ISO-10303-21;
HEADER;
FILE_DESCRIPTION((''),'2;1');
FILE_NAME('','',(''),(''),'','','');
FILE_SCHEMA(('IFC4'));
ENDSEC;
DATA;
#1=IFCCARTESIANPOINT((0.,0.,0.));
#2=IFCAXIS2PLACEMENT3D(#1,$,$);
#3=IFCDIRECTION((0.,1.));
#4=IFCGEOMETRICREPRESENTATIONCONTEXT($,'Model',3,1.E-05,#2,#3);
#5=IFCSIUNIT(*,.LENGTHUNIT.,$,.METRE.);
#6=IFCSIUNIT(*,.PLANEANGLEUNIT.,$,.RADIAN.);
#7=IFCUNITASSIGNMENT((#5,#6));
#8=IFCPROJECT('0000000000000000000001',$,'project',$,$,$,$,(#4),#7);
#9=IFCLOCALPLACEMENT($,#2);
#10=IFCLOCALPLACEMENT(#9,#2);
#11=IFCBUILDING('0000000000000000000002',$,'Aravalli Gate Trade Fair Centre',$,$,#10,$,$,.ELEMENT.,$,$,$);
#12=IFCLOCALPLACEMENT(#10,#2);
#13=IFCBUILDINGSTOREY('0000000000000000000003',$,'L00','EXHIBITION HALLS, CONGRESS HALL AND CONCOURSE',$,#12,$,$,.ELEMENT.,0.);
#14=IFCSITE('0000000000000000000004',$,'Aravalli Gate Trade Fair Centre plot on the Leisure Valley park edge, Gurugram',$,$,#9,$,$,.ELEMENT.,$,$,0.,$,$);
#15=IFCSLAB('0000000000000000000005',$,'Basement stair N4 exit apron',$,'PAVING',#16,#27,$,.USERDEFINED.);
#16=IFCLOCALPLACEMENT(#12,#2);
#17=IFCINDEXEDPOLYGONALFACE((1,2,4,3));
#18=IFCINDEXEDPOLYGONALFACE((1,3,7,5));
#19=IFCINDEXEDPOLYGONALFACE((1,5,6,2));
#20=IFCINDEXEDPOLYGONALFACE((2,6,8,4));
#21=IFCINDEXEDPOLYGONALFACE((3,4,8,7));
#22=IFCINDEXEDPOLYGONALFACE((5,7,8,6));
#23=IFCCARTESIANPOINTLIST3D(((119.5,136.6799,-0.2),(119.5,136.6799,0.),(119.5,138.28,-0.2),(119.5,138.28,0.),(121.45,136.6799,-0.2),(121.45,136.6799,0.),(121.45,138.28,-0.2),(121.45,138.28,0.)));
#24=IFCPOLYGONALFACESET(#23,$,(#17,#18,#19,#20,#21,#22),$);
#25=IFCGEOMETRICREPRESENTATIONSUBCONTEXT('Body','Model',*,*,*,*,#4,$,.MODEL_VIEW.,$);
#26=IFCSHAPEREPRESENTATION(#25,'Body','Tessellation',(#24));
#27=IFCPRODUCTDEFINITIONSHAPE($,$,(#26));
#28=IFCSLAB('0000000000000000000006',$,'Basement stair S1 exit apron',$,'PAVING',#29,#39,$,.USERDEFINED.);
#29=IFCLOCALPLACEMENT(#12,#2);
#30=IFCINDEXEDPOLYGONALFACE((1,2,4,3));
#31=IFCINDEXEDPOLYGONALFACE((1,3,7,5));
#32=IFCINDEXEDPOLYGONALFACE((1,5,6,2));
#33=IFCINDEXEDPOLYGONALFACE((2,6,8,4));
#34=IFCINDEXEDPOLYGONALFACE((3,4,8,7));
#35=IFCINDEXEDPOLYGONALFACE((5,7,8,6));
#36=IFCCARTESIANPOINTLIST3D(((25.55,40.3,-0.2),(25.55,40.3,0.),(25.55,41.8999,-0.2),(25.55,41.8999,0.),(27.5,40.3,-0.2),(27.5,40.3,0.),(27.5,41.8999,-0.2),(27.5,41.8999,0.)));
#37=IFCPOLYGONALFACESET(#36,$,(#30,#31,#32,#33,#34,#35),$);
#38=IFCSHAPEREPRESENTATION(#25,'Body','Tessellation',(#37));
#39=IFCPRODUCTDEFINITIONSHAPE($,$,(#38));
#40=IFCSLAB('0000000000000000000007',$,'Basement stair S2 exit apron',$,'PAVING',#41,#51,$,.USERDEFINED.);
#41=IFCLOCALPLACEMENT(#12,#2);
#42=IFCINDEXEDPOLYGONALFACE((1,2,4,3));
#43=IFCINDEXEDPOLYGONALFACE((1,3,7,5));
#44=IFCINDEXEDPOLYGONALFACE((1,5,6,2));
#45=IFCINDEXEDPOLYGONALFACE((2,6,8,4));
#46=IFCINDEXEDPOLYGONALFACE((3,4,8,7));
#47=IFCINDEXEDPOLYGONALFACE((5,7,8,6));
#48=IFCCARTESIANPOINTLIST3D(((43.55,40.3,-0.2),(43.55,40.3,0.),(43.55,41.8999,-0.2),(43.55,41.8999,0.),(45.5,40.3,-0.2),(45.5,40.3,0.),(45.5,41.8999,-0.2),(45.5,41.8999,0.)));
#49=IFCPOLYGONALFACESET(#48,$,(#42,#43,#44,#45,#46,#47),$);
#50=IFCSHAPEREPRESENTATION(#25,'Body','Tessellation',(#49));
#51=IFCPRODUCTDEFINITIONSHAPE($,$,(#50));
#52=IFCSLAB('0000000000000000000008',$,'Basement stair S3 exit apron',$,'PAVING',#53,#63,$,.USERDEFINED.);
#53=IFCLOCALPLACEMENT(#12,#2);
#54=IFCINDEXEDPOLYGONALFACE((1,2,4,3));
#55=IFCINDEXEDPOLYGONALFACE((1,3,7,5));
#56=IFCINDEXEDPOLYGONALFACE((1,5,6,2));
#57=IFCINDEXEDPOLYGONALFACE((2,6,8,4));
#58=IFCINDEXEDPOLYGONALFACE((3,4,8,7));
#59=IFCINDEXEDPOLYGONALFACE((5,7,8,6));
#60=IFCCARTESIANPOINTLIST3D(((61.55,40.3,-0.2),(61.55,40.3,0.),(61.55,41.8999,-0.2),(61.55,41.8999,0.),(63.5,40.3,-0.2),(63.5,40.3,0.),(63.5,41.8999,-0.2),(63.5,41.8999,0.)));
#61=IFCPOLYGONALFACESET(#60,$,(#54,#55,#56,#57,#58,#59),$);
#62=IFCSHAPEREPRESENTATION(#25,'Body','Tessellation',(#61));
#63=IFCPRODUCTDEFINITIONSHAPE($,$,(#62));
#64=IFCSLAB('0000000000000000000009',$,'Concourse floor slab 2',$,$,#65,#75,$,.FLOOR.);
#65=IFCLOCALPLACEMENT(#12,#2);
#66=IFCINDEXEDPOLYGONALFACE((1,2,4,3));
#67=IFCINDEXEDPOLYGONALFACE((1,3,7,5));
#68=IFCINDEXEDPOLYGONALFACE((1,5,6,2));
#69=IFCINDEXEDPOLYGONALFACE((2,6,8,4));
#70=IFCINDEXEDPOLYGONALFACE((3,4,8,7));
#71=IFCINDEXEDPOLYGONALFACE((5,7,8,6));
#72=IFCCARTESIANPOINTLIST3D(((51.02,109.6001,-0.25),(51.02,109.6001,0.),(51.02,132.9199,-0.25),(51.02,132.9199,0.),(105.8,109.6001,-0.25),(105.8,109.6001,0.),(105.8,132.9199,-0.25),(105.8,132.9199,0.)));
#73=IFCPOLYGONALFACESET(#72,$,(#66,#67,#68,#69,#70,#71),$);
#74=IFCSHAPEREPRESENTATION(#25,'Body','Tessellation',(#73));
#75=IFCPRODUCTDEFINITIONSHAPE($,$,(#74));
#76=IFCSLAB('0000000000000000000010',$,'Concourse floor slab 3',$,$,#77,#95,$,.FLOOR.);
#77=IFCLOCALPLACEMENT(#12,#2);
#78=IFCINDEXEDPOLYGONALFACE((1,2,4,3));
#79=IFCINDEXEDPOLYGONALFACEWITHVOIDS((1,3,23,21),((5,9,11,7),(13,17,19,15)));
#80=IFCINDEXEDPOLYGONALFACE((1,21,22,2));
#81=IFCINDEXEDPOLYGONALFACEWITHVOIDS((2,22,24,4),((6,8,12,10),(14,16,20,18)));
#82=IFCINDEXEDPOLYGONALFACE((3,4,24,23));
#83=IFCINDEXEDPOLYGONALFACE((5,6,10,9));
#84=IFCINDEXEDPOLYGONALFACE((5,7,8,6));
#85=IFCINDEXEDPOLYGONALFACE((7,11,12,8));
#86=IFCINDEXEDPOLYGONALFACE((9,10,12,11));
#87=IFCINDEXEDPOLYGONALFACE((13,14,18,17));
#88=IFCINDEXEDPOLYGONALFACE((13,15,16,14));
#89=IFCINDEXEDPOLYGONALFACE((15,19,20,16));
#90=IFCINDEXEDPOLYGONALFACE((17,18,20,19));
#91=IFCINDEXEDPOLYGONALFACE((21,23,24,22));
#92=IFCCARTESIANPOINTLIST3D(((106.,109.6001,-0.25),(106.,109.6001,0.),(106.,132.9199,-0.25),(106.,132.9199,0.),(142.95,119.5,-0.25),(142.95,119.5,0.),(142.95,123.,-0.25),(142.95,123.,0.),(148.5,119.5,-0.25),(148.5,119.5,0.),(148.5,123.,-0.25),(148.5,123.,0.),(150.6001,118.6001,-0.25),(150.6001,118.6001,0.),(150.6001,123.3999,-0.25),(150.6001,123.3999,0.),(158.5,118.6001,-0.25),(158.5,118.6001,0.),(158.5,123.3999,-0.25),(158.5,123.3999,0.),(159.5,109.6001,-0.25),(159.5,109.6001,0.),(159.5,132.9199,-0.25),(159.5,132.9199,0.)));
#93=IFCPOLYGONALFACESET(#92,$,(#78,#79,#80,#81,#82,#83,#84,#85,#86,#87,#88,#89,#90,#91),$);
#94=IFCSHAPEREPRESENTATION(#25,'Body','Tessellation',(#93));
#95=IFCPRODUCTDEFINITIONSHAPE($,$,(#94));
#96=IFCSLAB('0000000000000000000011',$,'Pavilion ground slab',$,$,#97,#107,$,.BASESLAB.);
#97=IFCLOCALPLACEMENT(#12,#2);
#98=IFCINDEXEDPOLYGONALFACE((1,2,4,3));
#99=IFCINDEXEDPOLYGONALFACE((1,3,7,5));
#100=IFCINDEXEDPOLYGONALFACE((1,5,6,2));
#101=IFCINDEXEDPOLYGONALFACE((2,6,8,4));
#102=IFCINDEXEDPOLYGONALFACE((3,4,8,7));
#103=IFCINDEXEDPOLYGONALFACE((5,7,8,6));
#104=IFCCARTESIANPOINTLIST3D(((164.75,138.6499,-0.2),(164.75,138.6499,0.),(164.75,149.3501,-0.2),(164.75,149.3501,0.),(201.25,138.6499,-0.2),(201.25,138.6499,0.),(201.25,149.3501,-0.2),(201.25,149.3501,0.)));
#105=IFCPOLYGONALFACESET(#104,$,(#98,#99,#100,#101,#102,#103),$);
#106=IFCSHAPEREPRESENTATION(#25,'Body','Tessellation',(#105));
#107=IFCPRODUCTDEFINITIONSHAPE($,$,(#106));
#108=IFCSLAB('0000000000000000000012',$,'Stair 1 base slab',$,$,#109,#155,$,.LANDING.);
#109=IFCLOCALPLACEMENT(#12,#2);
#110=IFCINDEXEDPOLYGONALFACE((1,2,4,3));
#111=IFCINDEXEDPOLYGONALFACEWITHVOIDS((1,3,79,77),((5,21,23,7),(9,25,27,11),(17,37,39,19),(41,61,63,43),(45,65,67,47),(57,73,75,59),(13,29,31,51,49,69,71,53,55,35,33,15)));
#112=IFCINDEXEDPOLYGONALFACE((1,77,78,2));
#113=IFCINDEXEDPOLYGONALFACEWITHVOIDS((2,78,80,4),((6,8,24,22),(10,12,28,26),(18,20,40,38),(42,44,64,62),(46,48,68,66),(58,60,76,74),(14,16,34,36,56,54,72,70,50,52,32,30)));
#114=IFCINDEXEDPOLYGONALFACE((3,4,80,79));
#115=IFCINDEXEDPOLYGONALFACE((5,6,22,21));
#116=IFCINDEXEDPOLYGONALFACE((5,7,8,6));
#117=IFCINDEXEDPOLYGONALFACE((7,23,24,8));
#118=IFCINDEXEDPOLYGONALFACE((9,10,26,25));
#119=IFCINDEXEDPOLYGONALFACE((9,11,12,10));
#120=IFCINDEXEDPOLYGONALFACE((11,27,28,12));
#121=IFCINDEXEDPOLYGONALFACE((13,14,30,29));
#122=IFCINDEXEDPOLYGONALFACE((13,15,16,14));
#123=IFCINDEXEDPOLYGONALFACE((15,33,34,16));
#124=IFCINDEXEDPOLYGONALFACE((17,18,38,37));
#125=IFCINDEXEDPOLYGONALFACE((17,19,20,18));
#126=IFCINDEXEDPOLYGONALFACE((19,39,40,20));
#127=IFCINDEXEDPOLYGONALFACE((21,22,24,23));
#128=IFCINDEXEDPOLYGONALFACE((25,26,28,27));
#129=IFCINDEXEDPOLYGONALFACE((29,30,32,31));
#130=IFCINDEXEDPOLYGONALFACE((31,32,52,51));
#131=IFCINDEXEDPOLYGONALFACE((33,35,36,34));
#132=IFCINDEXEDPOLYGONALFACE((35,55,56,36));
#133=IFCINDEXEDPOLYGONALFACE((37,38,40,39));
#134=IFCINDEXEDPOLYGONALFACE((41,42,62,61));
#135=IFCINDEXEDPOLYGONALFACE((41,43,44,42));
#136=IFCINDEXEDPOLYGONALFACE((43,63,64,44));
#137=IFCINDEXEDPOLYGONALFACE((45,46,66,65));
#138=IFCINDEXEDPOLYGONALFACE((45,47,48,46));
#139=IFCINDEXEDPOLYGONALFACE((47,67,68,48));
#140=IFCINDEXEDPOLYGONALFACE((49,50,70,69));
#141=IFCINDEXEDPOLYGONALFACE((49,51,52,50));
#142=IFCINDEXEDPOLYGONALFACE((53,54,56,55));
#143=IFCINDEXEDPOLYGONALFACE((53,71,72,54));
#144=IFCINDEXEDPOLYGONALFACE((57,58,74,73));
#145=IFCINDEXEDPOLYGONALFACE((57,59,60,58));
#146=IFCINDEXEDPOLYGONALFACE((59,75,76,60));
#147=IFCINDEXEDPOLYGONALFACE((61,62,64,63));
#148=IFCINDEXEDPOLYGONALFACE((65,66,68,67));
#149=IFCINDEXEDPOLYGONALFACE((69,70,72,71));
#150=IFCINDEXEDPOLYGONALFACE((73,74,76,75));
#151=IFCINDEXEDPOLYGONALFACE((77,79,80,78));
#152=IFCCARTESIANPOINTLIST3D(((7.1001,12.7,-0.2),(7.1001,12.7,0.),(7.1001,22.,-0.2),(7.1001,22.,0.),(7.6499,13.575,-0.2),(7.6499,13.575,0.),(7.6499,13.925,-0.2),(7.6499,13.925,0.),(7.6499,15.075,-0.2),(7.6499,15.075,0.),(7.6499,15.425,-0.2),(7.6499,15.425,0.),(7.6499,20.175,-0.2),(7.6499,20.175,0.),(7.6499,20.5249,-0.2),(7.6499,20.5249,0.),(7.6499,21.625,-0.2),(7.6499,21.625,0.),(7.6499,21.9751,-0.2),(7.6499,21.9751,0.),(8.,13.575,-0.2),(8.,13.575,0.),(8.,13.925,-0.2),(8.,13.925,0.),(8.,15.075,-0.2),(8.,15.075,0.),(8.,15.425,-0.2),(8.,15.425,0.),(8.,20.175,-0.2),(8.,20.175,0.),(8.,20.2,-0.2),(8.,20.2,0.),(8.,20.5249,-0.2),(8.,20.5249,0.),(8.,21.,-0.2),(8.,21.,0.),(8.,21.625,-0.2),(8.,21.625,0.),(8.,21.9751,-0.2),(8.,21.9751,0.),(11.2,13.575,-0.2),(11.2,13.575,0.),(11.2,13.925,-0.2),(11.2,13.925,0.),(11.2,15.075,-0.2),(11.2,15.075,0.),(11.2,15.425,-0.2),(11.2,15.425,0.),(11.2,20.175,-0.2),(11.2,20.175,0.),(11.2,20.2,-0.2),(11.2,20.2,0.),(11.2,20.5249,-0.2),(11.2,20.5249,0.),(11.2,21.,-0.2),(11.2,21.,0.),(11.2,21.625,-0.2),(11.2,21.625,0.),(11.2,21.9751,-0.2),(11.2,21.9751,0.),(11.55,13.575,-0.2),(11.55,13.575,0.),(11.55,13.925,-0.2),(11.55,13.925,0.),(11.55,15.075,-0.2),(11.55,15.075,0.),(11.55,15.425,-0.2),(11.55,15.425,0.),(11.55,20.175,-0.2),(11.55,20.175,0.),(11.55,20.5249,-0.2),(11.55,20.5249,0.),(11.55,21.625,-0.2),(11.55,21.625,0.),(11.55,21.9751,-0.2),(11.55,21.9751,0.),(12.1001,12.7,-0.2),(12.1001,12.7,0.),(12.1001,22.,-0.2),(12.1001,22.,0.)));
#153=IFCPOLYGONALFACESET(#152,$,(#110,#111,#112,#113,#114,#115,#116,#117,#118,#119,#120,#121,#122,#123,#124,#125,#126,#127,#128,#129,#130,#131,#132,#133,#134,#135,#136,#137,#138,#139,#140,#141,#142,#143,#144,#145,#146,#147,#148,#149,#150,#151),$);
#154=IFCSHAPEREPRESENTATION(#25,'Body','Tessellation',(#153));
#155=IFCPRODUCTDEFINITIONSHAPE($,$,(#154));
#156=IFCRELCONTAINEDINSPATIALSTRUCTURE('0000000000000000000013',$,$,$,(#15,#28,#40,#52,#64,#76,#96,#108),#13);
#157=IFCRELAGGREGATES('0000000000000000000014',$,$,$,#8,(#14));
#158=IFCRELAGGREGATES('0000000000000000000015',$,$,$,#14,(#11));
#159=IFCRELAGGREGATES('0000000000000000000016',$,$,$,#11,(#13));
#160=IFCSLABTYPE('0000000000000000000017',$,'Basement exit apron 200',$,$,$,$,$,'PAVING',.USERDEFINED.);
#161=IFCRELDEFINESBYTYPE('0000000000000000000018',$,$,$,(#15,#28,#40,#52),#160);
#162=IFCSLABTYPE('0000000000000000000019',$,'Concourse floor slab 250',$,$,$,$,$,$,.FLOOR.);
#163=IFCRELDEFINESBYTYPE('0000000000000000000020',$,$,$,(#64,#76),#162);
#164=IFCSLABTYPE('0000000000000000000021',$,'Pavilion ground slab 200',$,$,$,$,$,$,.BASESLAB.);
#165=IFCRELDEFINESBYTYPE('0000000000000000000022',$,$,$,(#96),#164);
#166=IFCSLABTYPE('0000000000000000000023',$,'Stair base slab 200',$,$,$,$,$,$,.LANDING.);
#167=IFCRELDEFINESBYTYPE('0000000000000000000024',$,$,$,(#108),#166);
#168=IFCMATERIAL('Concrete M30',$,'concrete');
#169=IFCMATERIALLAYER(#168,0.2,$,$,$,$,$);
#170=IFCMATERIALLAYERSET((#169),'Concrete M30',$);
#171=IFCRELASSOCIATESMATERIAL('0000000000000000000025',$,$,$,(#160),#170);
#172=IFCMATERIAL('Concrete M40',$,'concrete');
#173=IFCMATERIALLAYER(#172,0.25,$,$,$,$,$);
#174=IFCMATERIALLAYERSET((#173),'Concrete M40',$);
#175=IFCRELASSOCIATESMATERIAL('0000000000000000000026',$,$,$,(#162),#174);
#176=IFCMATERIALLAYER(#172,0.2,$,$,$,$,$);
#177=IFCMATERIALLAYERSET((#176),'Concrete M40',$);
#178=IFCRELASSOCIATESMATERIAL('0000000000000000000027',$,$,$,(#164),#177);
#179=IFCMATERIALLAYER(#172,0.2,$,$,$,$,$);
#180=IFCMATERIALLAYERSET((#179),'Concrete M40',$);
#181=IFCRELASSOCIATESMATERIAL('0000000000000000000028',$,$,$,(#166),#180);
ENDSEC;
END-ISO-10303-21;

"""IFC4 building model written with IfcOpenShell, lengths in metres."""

from ifc_helpers import new_model, si_unit, direction, frame, origin, place, context, subcontext, project, spatial, polyline, outline, extrude, material, layer, layer_set, type_object, element, save


model = new_model("IFC4")

# Units and contexts
model_context = context("Model", 3, precision=1e-05, world=origin(), true_north=direction((0.0, 1.0)))
body_context = subcontext(model_context, "Body", "Model", "MODEL_VIEW")
ifc_project = project(units=[si_unit("LENGTHUNIT", "METRE"), si_unit("PLANEANGLEUNIT", "RADIAN")], contexts=[model_context])

# Site, building, storey
site_placement = place(None, origin())
site = spatial("IfcSite", under=ifc_project, at=site_placement, Name="Aravalli Gate Trade Fair Centre plot on the Leisure Valley park edge, Gurugram", CompositionType="ELEMENT", RefElevation=0.0)
building_placement = place(site_placement, origin())
building = spatial("IfcBuilding", under=site, at=building_placement, Name="Aravalli Gate Trade Fair Centre", CompositionType="ELEMENT")
storey_placement = place(building_placement, origin())
storey = spatial("IfcBuildingStorey", under=building, at=storey_placement, Name="L00", Description="EXHIBITION HALLS, CONGRESS HALL AND CONCOURSE", CompositionType="ELEMENT", Elevation=0.0)

# Slabs
ifc_material_1 = material(Name="Concrete M40", Category="concrete")
ifc_material_2 = material(Name="Concrete M30", Category="concrete")
ifc_layer_1 = layer(ifc_material_2, 0.2)
ifc_layer_set_1 = layer_set([ifc_layer_1], Name="Concrete M30")
slab_type_1 = type_object("IfcSlabType", Name="Basement exit apron 200", ElementType="PAVING", PredefinedType="USERDEFINED", material=ifc_layer_set_1)
slab_1_placement = place(storey_placement, frame((0.0, 0.0, -0.2)))
element("IfcSlab", 1, at=slab_1_placement, inside=storey, type_object=slab_type_1, Name="Basement stair N4 exit apron", ObjectType="PAVING", PredefinedType="USERDEFINED", context=body_context, shape_type="SweptSolid", body=[
    extrude(outline(polyline([(121.45, 136.6799), (119.5, 136.6799), (119.5, 138.28), (121.45, 138.28), (121.45, 136.6799)])), origin(), (0.0, 0.0, 1.0), 0.2),
])
slab_2_placement = place(storey_placement, frame((0.0, 0.0, -0.2)))
element("IfcSlab", 2, at=slab_2_placement, inside=storey, type_object=slab_type_1, Name="Basement stair S1 exit apron", ObjectType="PAVING", PredefinedType="USERDEFINED", context=body_context, shape_type="SweptSolid", body=[
    extrude(outline(polyline([(25.55, 41.8999), (27.5, 41.8999), (27.5, 40.3), (25.55, 40.3), (25.55, 41.8999)])), origin(), (0.0, 0.0, 1.0), 0.2),
])
slab_3_placement = place(storey_placement, frame((0.0, 0.0, -0.2)))
element("IfcSlab", 3, at=slab_3_placement, inside=storey, type_object=slab_type_1, Name="Basement stair S2 exit apron", ObjectType="PAVING", PredefinedType="USERDEFINED", context=body_context, shape_type="SweptSolid", body=[
    extrude(outline(polyline([(43.55, 41.8999), (45.5, 41.8999), (45.5, 40.3), (43.55, 40.3), (43.55, 41.8999)])), origin(), (0.0, 0.0, 1.0), 0.2),
])
slab_4_placement = place(storey_placement, frame((0.0, 0.0, -0.2)))
element("IfcSlab", 4, at=slab_4_placement, inside=storey, type_object=slab_type_1, Name="Basement stair S3 exit apron", ObjectType="PAVING", PredefinedType="USERDEFINED", context=body_context, shape_type="SweptSolid", body=[
    extrude(outline(polyline([(61.55, 41.8999), (63.5, 41.8999), (63.5, 40.3), (61.55, 40.3), (61.55, 41.8999)])), origin(), (0.0, 0.0, 1.0), 0.2),
])
ifc_layer_2 = layer(ifc_material_1, 0.25)
ifc_layer_set_2 = layer_set([ifc_layer_2], Name="Concrete M40")
slab_type_2 = type_object("IfcSlabType", Name="Concourse floor slab 250", PredefinedType="FLOOR", material=ifc_layer_set_2)
slab_5_placement = place(storey_placement, frame((0.0, 0.0, -0.25)))
element("IfcSlab", 5, at=slab_5_placement, inside=storey, type_object=slab_type_2, Name="Concourse floor slab 2", PredefinedType="FLOOR", context=body_context, shape_type="SweptSolid", body=[
    extrude(outline(polyline([(105.8, 132.9199), (51.02, 132.9199), (51.02, 109.6001), (105.8, 109.6001), (105.8, 132.9199)])), origin(), (0.0, 0.0, 1.0), 0.25),
])
slab_6_placement = place(storey_placement, frame((0.0, 0.0, -0.25)))
element("IfcSlab", 6, at=slab_6_placement, inside=storey, type_object=slab_type_2, Name="Concourse floor slab 3", PredefinedType="FLOOR", context=body_context, shape_type="SweptSolid", body=[
    extrude(outline(polyline([(159.5, 132.9199), (106.0, 132.9199), (106.0, 109.6001), (159.5, 109.6001), (159.5, 132.9199)]), holes=[polyline([(158.5, 118.6001), (150.6001, 118.6001), (150.6001, 123.3999), (158.5, 123.3999), (158.5, 118.6001)]), polyline([(148.5, 119.5), (142.95, 119.5), (142.95, 123.0), (148.5, 123.0), (148.5, 119.5)])]), origin(), (0.0, 0.0, 1.0), 0.25),
])
ifc_layer_3 = layer(ifc_material_1, 0.2)
ifc_layer_set_3 = layer_set([ifc_layer_3], Name="Concrete M40")
slab_type_3 = type_object("IfcSlabType", Name="Pavilion ground slab 200", PredefinedType="BASESLAB", material=ifc_layer_set_3)
slab_7_placement = place(storey_placement, frame((0.0, 0.0, -0.2)))
element("IfcSlab", 7, at=slab_7_placement, inside=storey, type_object=slab_type_3, Name="Pavilion ground slab", PredefinedType="BASESLAB", context=body_context, shape_type="SweptSolid", body=[
    extrude(outline(polyline([(164.75, 138.6499), (201.25, 138.6499), (201.25, 149.3501), (164.75, 149.3501), (164.75, 138.6499)])), origin(), (0.0, 0.0, 1.0), 0.2),
])
ifc_layer_4 = layer(ifc_material_1, 0.2)
ifc_layer_set_4 = layer_set([ifc_layer_4], Name="Concrete M40")
slab_type_4 = type_object("IfcSlabType", Name="Stair base slab 200", PredefinedType="LANDING", material=ifc_layer_set_4)
slab_8_placement = place(storey_placement, frame((0.0, 0.0, -0.2)))
element("IfcSlab", 8, at=slab_8_placement, inside=storey, type_object=slab_type_4, Name="Stair 1 base slab", PredefinedType="LANDING", context=body_context, shape_type="SweptSolid", body=[
    extrude(outline(polyline([(7.1001, 12.7), (7.1001, 22.0), (12.1001, 22.0), (12.1001, 12.7), (7.1001, 12.7)]), holes=[polyline([(11.2, 21.9751), (11.2, 21.625), (11.55, 21.625), (11.55, 21.9751), (11.2, 21.9751)]), polyline([(11.2, 20.5249), (11.2, 21.0), (8.0, 21.0), (8.0, 20.5249), (7.6499, 20.5249), (7.6499, 20.175), (8.0, 20.175), (8.0, 20.2), (11.2, 20.2), (11.2, 20.175), (11.55, 20.175), (11.55, 20.5249), (11.2, 20.5249)]), polyline([(11.2, 15.425), (11.2, 15.075), (11.55, 15.075), (11.55, 15.425), (11.2, 15.425)]), polyline([(11.2, 13.925), (11.2, 13.575), (11.55, 13.575), (11.55, 13.925), (11.2, 13.925)]), polyline([(7.6499, 21.9751), (7.6499, 21.625), (8.0, 21.625), (8.0, 21.9751), (7.6499, 21.9751)]), polyline([(7.6499, 15.425), (7.6499, 15.075), (8.0, 15.075), (8.0, 15.425), (7.6499, 15.425)]), polyline([(7.6499, 13.925), (7.6499, 13.575), (8.0, 13.575), (8.0, 13.925), (7.6499, 13.925)])]), origin(), (0.0, 0.0, 1.0), 0.2),
])

save(model, "model.ifc")
